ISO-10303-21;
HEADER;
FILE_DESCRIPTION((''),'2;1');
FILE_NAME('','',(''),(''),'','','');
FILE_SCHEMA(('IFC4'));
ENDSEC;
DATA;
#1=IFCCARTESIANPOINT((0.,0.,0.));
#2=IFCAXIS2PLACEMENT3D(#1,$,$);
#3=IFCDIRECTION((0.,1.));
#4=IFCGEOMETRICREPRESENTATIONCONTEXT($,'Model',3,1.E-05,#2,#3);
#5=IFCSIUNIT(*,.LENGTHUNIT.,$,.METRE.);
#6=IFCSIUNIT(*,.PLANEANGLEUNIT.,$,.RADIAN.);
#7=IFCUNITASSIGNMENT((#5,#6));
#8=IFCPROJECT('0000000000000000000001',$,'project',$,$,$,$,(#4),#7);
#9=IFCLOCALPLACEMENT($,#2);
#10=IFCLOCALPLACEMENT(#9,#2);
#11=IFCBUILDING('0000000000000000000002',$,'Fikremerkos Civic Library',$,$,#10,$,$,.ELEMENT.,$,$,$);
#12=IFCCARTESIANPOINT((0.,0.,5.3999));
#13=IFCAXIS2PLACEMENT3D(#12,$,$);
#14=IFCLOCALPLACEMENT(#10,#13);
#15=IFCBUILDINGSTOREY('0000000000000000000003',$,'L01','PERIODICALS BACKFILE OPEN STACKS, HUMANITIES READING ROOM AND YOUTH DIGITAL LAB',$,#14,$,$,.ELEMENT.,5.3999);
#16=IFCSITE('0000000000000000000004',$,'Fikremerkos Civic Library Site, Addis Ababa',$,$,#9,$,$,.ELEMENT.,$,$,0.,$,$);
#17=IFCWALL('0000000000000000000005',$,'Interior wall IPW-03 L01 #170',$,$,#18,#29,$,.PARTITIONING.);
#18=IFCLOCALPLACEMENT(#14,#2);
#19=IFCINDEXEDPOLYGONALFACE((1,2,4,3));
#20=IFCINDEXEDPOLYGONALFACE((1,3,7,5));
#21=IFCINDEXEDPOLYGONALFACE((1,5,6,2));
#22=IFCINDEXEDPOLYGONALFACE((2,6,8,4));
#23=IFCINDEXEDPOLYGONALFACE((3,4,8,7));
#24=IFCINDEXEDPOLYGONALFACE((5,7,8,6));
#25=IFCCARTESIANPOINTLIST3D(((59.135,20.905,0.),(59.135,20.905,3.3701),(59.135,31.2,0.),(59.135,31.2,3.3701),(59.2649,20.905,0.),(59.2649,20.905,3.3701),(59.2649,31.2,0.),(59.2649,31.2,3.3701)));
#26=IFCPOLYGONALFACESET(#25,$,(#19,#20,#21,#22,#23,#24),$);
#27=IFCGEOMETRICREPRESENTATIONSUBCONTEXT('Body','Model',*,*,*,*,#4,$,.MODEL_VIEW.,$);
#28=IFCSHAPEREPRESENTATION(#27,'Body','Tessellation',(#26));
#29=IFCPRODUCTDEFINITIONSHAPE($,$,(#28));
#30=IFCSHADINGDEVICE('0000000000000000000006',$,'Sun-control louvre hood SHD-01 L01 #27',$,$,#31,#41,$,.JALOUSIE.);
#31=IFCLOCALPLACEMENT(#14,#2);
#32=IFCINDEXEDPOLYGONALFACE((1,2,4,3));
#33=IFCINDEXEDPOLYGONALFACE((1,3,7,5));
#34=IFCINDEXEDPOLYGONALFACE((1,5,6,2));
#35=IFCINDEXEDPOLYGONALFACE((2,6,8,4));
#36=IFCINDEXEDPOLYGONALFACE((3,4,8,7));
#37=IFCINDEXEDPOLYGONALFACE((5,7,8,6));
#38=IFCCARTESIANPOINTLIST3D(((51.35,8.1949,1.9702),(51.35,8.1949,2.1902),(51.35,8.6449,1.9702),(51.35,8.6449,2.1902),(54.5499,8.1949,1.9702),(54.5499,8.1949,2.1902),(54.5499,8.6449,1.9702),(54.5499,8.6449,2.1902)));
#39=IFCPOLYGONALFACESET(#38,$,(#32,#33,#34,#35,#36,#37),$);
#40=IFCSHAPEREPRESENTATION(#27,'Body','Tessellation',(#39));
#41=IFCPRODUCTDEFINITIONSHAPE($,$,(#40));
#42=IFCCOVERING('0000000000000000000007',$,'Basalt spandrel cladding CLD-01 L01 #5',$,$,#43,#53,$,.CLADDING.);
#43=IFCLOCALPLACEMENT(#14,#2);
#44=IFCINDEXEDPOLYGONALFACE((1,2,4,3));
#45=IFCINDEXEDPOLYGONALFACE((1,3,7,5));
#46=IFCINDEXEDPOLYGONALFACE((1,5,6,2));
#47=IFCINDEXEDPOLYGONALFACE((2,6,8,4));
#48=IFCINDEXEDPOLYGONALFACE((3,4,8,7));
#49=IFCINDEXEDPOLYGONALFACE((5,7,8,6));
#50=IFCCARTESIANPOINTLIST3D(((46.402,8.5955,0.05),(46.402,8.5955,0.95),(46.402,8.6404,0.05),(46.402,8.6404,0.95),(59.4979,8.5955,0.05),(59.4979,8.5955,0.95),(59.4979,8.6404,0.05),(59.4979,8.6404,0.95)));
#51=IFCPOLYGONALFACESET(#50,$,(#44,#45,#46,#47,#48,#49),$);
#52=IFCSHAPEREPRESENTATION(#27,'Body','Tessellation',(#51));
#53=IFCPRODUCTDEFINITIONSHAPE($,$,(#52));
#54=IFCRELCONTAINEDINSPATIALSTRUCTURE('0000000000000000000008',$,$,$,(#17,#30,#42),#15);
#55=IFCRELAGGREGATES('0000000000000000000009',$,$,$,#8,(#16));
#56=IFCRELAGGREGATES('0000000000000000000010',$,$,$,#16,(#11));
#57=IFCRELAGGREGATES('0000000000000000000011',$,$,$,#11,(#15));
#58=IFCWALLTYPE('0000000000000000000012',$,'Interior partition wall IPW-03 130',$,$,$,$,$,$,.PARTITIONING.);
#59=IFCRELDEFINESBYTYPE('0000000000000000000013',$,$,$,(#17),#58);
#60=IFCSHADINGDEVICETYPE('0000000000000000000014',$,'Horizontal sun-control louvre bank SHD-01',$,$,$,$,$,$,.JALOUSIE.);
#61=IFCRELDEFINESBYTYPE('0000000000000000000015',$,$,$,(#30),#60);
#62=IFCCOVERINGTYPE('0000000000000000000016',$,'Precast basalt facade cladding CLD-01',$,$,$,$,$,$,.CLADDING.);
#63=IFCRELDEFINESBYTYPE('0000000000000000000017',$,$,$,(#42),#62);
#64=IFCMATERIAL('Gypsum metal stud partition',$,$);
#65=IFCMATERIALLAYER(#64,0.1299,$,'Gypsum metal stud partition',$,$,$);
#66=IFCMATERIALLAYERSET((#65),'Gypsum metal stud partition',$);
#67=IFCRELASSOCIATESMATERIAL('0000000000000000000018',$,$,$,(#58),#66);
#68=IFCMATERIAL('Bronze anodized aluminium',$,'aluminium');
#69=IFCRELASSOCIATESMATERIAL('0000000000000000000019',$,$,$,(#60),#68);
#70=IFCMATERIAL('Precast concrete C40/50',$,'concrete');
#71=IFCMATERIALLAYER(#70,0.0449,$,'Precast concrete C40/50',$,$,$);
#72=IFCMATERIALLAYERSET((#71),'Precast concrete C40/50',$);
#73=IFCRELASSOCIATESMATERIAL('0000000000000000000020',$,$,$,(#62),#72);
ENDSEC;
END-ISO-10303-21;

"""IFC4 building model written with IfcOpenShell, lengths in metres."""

from ifc_helpers import new_model, si_unit, direction, frame, frame_2d, origin, origin_2d, place, context, subcontext, project, spatial, rectangle, extrude, material, layer, layer_set, type_object, element, save


model = new_model("IFC4")

# Units and contexts
model_context = context("Model", 3, precision=1e-05, world=origin(), true_north=direction((0.0, 1.0)))
body_context = subcontext(model_context, "Body", "Model", "MODEL_VIEW")
ifc_project = project(units=[si_unit("LENGTHUNIT", "METRE"), si_unit("PLANEANGLEUNIT", "RADIAN")], contexts=[model_context])

# Site, building, storey
site_placement = place(None, origin())
site = spatial("IfcSite", under=ifc_project, at=site_placement, Name="Fikremerkos Civic Library Site, Addis Ababa", CompositionType="ELEMENT", RefElevation=0.0)
building_placement = place(site_placement, origin())
building = spatial("IfcBuilding", under=site, at=building_placement, Name="Fikremerkos Civic Library", CompositionType="ELEMENT")
storey_placement = place(building_placement, frame((0.0, 0.0, 5.3999)))
storey = spatial("IfcBuildingStorey", under=building, at=storey_placement, Name="L01", Description="PERIODICALS BACKFILE OPEN STACKS, HUMANITIES READING ROOM AND YOUTH DIGITAL LAB", CompositionType="ELEMENT", Elevation=5.3999)

# Shared definitions
ifc_material_1 = material(Name="Precast concrete C40/50", Category="concrete")

# Wall
ifc_material_2 = material(Name="Gypsum metal stud partition")
ifc_layer_1 = layer(ifc_material_2, 0.1299, Name="Gypsum metal stud partition")
ifc_layer_set_1 = layer_set([ifc_layer_1], Name="Gypsum metal stud partition")
wall_type_1 = type_object("IfcWallType", Name="Interior partition wall IPW-03 130", PredefinedType="PARTITIONING", material=ifc_layer_set_1)
wall_1_placement = place(storey_placement, frame((59.2, 20.905, 0.0), z_axis=(0.0, 0.0, 1.0), x_axis=(0.0, 1.0, 0.0)))
element("IfcWall", 1, at=wall_1_placement, inside=storey, type_object=wall_type_1, Name="Interior wall IPW-03 L01 #170", PredefinedType="PARTITIONING", context=body_context, shape_type="SweptSolid", body=[
    extrude(rectangle(XDim=10.2949, YDim=0.1299, at=frame_2d((5.1475, 0.0))), origin(), (0.0, 0.0, 1.0), 3.3701),
])

# Shading device
ifc_material_3 = material(Name="Bronze anodized aluminium", Category="aluminium")
shading_device_type = type_object("IfcShadingDeviceType", Name="Horizontal sun-control louvre bank SHD-01", PredefinedType="JALOUSIE", material=ifc_material_3)
shading_device_placement = place(storey_placement, frame((52.95, 8.4199, 1.9702), z_axis=(0.0, 0.0, 1.0), x_axis=(1.0, 0.0, 0.0)))
element("IfcShadingDevice", 2, at=shading_device_placement, inside=storey, type_object=shading_device_type, Name="Sun-control louvre hood SHD-01 L01 #27", PredefinedType="JALOUSIE", context=body_context, shape_type="SweptSolid", body=[
    extrude(rectangle(XDim=3.2, YDim=0.45, at=origin_2d()), origin(), (0.0, 0.0, 1.0), 0.22),
])

# Covering
ifc_layer_2 = layer(ifc_material_1, 0.0449, Name="Precast concrete C40/50")
ifc_layer_set_2 = layer_set([ifc_layer_2], Name="Precast concrete C40/50")
covering_type = type_object("IfcCoveringType", Name="Precast basalt facade cladding CLD-01", PredefinedType="CLADDING", material=ifc_layer_set_2)
covering_placement = place(storey_placement, frame((52.95, 8.6179, 0.05), z_axis=(0.0, 0.0, 1.0), x_axis=(1.0, 0.0, 0.0)))
element("IfcCovering", 3, at=covering_placement, inside=storey, type_object=covering_type, Name="Basalt spandrel cladding CLD-01 L01 #5", PredefinedType="CLADDING", context=body_context, shape_type="SweptSolid", body=[
    extrude(rectangle(XDim=13.0959, YDim=0.0449, at=origin_2d()), origin(), (0.0, 0.0, 1.0), 0.8999),
])

save(model, "model.ifc")
